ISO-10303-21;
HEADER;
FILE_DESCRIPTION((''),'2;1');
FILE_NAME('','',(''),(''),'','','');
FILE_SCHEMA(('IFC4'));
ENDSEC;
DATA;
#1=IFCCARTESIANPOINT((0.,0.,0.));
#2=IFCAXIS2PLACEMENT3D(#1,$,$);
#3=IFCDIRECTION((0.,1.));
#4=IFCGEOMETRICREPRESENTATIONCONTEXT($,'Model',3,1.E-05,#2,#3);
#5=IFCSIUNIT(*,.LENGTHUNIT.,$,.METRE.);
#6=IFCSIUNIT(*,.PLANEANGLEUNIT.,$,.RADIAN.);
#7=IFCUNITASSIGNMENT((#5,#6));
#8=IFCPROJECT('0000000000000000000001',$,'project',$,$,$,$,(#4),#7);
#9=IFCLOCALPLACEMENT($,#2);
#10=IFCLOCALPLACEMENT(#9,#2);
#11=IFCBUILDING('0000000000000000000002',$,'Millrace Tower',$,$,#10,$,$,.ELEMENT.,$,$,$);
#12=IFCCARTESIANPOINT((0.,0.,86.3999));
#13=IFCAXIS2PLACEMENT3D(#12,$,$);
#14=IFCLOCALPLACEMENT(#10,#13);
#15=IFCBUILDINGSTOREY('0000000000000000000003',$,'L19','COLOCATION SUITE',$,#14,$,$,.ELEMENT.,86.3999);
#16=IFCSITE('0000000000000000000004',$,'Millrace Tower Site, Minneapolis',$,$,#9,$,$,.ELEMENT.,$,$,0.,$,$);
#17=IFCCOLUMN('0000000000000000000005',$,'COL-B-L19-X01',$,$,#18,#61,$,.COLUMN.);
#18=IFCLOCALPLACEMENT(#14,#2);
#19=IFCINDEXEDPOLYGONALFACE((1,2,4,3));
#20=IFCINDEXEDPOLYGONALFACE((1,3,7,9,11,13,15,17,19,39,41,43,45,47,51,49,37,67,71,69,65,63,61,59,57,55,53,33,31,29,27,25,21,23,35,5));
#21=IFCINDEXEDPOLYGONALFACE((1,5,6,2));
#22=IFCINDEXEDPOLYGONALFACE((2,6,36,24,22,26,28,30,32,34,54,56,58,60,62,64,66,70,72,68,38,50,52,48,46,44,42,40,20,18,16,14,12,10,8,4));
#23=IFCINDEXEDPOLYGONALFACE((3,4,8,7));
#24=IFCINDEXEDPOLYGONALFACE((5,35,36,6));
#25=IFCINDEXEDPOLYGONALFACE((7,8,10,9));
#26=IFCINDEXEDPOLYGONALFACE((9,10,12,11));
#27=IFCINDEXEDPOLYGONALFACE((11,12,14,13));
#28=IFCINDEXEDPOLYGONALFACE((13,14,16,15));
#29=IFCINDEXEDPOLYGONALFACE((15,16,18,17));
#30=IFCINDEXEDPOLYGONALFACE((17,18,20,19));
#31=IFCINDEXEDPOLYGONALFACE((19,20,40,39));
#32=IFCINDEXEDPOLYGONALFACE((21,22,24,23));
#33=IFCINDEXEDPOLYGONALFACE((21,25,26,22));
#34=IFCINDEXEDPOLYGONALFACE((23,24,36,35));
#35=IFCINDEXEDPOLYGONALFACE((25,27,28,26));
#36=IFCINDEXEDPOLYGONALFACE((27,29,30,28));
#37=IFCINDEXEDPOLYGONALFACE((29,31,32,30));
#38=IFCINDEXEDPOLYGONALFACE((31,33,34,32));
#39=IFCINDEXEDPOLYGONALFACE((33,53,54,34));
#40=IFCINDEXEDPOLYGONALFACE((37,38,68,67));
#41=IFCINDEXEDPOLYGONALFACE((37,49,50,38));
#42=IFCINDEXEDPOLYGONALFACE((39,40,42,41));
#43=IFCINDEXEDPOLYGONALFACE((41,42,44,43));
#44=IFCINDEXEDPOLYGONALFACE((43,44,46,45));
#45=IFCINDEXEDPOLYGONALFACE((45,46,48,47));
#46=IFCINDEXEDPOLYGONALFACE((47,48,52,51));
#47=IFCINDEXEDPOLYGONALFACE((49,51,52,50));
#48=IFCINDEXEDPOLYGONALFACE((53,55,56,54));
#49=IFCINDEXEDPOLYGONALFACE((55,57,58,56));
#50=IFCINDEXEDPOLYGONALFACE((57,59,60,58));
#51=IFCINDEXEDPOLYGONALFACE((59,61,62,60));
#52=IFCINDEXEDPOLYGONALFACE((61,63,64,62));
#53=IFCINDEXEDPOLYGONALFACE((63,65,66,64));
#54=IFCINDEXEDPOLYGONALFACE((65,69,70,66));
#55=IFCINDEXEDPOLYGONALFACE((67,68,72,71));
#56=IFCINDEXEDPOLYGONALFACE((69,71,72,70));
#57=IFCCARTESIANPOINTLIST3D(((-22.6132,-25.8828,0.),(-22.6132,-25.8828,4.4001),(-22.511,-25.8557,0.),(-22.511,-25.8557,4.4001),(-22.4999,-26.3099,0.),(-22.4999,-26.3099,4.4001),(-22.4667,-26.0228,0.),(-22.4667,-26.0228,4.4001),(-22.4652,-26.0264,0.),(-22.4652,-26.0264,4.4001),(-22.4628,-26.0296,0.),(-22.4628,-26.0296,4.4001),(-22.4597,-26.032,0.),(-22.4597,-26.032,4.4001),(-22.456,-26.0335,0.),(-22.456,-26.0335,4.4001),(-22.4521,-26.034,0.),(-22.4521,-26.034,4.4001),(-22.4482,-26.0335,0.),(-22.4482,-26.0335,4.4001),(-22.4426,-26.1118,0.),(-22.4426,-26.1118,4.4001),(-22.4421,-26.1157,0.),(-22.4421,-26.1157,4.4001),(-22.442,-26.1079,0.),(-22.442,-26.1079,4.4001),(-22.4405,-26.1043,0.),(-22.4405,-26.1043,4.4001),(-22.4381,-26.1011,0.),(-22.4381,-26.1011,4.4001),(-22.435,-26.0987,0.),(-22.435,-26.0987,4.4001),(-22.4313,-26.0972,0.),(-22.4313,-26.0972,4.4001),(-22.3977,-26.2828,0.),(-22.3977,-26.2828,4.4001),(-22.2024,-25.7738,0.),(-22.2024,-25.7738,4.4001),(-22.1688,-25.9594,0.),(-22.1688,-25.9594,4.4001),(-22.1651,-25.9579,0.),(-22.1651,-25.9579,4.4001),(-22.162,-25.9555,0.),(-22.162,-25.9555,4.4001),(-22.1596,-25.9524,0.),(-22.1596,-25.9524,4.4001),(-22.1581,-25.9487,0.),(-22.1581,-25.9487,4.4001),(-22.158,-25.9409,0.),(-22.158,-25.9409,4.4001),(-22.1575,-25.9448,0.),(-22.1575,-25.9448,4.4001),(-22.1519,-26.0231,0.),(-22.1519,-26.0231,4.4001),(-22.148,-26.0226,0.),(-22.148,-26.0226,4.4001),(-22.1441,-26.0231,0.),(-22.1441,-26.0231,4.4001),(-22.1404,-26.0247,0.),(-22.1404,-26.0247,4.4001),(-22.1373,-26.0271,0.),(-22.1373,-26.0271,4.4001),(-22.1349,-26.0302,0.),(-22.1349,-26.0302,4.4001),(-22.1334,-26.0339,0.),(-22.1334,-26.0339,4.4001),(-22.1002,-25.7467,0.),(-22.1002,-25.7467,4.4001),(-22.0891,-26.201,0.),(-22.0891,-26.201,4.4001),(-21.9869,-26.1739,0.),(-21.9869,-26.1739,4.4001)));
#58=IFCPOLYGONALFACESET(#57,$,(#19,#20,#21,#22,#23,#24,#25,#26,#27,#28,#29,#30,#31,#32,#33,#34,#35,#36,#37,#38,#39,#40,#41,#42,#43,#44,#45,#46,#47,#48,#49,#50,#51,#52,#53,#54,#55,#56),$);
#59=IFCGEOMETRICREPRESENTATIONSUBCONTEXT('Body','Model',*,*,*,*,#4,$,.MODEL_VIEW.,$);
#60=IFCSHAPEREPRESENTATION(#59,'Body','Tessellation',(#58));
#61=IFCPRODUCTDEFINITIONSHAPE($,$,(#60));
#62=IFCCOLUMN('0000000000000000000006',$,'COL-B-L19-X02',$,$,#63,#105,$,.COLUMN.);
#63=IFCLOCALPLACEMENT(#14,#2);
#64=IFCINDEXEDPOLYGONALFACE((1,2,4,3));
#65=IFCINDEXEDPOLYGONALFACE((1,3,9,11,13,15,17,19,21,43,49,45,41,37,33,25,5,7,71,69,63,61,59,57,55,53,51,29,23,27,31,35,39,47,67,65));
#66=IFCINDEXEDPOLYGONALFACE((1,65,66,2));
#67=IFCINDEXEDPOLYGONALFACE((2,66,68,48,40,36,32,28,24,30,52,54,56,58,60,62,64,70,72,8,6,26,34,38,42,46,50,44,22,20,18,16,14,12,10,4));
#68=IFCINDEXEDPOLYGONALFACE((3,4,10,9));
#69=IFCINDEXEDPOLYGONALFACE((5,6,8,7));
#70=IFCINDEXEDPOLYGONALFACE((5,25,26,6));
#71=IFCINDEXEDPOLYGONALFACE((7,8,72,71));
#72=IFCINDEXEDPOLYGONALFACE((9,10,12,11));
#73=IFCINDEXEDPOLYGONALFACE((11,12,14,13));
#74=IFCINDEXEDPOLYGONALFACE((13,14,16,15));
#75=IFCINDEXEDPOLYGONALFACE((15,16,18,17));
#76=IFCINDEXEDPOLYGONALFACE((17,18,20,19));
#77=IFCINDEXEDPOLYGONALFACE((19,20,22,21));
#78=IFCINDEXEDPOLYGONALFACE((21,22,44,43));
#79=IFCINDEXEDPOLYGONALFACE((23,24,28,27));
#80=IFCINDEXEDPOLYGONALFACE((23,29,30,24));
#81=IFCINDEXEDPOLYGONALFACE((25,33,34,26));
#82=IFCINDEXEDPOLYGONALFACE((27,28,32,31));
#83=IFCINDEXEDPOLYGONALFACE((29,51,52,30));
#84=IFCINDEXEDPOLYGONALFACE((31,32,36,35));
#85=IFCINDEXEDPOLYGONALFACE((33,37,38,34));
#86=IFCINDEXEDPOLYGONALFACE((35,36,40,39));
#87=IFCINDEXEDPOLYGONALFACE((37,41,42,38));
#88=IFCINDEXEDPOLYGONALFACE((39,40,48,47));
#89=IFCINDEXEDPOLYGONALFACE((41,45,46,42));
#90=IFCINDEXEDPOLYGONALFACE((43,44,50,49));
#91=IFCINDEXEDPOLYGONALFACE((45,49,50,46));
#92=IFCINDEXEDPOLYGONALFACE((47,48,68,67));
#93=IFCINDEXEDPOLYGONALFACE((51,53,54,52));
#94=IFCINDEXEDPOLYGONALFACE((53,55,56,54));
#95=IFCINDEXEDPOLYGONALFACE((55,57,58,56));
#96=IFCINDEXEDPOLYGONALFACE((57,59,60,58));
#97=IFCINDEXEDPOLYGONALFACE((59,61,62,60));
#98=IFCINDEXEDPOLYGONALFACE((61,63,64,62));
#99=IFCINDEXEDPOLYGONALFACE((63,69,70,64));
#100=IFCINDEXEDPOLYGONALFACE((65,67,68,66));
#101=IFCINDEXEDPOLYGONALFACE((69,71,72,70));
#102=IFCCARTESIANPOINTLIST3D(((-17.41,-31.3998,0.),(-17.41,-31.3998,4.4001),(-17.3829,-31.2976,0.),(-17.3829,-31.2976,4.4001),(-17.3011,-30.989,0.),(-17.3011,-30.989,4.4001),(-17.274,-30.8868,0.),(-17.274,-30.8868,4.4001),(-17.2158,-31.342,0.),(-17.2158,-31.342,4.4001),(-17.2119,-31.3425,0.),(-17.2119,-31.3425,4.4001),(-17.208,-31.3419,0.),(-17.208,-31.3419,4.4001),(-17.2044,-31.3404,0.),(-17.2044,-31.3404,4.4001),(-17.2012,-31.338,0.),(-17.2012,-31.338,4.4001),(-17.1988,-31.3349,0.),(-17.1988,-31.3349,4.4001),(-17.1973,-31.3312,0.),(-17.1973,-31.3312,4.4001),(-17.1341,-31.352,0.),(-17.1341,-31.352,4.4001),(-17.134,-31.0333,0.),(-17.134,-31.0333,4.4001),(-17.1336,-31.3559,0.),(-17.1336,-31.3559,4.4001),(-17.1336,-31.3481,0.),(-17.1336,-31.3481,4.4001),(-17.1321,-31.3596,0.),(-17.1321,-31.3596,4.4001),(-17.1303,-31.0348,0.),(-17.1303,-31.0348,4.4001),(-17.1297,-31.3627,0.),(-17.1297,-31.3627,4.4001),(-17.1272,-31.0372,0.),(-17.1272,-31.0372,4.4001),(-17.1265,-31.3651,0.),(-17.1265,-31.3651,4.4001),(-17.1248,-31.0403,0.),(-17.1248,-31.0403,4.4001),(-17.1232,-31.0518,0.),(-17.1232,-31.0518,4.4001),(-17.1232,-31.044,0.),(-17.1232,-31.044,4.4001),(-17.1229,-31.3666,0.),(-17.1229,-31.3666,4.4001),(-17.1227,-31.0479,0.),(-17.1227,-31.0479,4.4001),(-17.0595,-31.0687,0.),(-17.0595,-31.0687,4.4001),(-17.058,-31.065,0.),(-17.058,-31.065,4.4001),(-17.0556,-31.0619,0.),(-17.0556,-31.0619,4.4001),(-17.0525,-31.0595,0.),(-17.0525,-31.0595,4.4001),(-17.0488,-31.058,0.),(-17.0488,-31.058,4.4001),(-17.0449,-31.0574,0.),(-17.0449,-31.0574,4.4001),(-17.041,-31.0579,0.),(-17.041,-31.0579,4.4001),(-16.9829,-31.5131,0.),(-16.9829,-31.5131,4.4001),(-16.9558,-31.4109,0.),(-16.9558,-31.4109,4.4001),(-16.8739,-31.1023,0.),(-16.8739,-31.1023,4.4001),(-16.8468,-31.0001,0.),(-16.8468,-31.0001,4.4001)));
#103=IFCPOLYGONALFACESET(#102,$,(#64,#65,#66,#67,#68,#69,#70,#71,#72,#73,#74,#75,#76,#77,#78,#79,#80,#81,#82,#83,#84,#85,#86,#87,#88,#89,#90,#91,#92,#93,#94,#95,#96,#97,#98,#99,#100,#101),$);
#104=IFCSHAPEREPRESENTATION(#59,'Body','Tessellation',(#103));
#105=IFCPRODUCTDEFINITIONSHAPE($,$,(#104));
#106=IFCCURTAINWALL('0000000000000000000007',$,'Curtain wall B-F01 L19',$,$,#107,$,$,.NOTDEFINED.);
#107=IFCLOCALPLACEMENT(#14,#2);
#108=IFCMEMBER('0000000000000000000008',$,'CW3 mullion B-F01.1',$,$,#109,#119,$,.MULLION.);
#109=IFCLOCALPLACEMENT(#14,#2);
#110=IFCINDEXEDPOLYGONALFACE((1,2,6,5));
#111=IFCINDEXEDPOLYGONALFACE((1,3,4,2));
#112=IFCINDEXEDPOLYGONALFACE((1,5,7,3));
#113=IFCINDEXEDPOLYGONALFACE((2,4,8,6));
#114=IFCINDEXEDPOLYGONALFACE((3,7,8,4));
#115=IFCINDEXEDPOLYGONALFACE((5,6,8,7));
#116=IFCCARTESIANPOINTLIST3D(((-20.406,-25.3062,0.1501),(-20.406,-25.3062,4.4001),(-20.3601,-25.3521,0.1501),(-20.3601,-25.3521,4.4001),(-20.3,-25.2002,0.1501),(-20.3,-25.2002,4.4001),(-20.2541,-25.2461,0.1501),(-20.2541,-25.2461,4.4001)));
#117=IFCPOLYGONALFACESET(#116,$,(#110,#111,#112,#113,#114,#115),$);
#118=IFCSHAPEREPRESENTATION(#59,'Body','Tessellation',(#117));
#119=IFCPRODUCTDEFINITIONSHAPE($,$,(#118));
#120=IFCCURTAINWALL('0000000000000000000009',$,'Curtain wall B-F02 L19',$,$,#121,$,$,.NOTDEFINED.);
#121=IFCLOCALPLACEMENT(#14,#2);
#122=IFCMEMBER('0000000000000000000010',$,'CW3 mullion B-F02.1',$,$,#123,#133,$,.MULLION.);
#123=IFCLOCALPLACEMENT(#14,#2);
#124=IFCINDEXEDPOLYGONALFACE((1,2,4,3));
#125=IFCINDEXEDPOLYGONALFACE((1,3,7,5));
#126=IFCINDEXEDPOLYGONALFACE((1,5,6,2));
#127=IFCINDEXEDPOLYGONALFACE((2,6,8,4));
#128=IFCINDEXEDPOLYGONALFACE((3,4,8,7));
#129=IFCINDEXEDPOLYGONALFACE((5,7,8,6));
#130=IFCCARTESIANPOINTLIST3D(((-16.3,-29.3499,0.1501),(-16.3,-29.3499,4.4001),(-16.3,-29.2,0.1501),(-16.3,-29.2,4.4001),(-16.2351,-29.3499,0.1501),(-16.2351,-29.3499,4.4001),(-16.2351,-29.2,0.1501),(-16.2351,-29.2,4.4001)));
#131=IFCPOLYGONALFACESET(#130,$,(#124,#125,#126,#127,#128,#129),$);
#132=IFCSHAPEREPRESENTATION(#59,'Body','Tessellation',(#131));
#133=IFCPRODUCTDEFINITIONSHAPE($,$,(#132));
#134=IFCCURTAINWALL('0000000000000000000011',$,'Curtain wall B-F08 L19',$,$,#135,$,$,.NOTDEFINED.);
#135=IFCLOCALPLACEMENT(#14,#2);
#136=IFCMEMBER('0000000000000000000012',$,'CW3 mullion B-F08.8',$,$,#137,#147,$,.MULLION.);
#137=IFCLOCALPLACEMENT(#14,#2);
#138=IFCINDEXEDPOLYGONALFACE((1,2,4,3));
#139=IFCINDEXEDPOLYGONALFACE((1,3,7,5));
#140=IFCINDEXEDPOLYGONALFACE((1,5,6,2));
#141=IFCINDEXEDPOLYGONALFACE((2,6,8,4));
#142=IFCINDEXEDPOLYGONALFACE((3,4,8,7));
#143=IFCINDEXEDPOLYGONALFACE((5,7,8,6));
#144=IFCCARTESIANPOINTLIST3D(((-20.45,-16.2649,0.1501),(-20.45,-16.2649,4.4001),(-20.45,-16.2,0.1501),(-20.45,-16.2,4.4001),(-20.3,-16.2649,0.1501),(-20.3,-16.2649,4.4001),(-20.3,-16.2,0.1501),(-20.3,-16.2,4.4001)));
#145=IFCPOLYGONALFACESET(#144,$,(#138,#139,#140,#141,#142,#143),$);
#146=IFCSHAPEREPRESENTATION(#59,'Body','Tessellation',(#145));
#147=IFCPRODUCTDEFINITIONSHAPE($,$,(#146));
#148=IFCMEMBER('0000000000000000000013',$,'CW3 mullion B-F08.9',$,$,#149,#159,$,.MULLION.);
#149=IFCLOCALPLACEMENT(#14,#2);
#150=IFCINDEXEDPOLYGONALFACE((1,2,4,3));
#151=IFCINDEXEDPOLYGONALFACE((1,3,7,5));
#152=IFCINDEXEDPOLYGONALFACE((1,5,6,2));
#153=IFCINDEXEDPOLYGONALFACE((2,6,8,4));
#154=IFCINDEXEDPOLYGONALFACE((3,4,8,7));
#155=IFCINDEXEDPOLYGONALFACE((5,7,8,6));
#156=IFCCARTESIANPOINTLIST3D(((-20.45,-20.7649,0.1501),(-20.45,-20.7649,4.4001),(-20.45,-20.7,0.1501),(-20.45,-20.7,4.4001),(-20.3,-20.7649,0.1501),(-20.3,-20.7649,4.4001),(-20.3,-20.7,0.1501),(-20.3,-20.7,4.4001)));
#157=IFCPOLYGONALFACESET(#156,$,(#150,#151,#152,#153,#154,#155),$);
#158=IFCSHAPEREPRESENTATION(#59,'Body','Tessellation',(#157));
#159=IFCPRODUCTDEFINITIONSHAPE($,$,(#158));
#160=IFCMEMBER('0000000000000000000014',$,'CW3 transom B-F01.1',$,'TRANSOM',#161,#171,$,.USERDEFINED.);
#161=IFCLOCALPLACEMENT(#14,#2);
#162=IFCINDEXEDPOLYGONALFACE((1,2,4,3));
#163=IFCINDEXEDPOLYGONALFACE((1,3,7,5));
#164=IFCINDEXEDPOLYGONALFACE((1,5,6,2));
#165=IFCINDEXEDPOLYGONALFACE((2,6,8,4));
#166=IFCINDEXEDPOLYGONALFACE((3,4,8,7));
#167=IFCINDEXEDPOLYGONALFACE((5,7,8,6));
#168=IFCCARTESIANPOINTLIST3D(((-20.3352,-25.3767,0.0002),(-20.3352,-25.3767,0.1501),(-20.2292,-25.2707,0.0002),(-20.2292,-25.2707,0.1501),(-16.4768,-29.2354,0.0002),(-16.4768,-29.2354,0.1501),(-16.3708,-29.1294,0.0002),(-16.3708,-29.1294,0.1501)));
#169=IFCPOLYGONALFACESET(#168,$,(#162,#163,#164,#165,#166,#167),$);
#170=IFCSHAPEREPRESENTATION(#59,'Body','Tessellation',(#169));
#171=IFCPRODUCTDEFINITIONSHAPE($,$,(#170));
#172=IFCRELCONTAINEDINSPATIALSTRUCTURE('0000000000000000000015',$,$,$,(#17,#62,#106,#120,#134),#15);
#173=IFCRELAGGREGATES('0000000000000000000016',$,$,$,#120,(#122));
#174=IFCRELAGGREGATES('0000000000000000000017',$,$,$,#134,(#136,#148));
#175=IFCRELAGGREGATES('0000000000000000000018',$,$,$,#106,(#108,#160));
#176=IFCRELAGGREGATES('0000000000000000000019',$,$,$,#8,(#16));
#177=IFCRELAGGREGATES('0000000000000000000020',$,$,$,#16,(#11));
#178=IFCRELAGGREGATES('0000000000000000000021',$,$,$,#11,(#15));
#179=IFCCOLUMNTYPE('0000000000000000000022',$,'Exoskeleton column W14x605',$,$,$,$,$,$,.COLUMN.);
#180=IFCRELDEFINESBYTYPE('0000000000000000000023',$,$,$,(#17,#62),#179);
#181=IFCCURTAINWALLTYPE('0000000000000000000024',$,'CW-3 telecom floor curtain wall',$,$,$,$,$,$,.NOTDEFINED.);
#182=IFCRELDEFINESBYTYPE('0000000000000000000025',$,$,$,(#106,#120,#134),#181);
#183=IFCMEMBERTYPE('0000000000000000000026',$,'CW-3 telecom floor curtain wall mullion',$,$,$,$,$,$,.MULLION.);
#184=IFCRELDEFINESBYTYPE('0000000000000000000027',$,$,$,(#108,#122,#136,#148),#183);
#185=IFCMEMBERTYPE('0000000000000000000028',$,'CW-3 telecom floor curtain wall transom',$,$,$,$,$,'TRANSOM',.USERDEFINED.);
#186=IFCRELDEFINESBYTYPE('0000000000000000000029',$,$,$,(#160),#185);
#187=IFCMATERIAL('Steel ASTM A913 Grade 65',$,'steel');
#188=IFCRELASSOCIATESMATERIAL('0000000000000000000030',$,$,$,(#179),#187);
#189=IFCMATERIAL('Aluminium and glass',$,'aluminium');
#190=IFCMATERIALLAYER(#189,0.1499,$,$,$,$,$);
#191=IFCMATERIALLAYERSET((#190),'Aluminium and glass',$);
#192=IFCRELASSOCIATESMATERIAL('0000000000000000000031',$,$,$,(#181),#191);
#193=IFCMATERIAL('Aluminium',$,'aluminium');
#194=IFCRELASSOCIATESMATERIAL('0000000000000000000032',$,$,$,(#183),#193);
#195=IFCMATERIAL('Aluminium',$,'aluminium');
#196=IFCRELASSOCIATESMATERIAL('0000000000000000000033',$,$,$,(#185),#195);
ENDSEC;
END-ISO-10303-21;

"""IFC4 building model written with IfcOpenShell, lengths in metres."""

from ifc_helpers import new_model, si_unit, direction, frame, origin, origin_2d, place, context, subcontext, project, spatial, rectangle, i_section, extrude, material, layer, layer_set, material_profile, profile_set, type_object, element, aggregate, save


model = new_model("IFC4")

# Units and contexts
model_context = context("Model", 3, precision=1e-05, world=origin(), true_north=direction((0.0, 1.0)))
body_context = subcontext(model_context, "Body", "Model", "MODEL_VIEW")
ifc_project = project(units=[si_unit("LENGTHUNIT", "METRE"), si_unit("PLANEANGLEUNIT", "RADIAN")], contexts=[model_context])

# Site, building, storey
site_placement = place(None, origin())
site = spatial("IfcSite", under=ifc_project, at=site_placement, Name="Millrace Tower Site, Minneapolis", CompositionType="ELEMENT", RefElevation=0.0)
building_placement = place(site_placement, origin())
building = spatial("IfcBuilding", under=site, at=building_placement, Name="Millrace Tower", CompositionType="ELEMENT")
storey_placement = place(building_placement, frame((0.0, 0.0, 86.3999)))
storey = spatial("IfcBuildingStorey", under=building, at=storey_placement, Name="L19", Description="COLOCATION SUITE", CompositionType="ELEMENT", Elevation=86.3999)

# Columns
ifc_material_1 = material(Name="Steel ASTM A913 Grade 65", Category="steel")
ifc_material_profile_1 = material_profile(ifc_material_1, i_section(OverallWidth=0.4419, OverallDepth=0.5308, WebThickness=0.0659, FlangeThickness=0.1057, FilletRadius=0.0151, at=origin_2d()))
ifc_profile_set_1 = profile_set([ifc_material_profile_1], Name="Steel ASTM A913 Grade 65")
column_type = type_object("IfcColumnType", Name="Exoskeleton column W14x605", PredefinedType="COLUMN", material=ifc_profile_set_1)
for number, where, z_axis, x_axis, name in (
    (1, (-22.3, -26.0283, 0.0), (0.0, 0.0, 1.0), (0.256347, -0.966585, 0.0), "COL-B-L19-X01"),
    (2, (-17.1284, -31.2, 0.0), (0.0, 0.0, 1.0), (0.966585, -0.256347, 0.0), "COL-B-L19-X02"),
):
    element("IfcColumn", number, at=place(storey_placement, frame(where, z_axis=z_axis, x_axis=x_axis)), inside=storey, type_object=column_type, Name=name, PredefinedType="COLUMN", context=body_context, shape_type="SweptSolid", body=[
        extrude(i_section(OverallWidth=0.4419, OverallDepth=0.5308, WebThickness=0.0659, FlangeThickness=0.1057, FilletRadius=0.0151, at=origin_2d()), origin(), (0.0, 0.0, 1.0), 4.4001),
    ])

# Curtain walls, members
ifc_material_2 = material(Name="Aluminium and glass", Category="aluminium")
ifc_layer_1 = layer(ifc_material_2, 0.1499)
ifc_layer_set_1 = layer_set([ifc_layer_1], Name="Aluminium and glass")
curtain_wall_type = type_object("IfcCurtainWallType", Name="CW-3 telecom floor curtain wall", PredefinedType="NOTDEFINED", material=ifc_layer_set_1)
placement = place(storey_placement, origin())
curtain_wall_1 = element("IfcCurtainWall", 3, at=placement, inside=storey, type_object=curtain_wall_type, Name="Curtain wall B-F01 L19", PredefinedType="NOTDEFINED")
ifc_material_3 = material(Name="Aluminium", Category="aluminium")
ifc_material_profile_2 = material_profile(ifc_material_3, rectangle(XDim=0.0649, YDim=0.1499, at=origin_2d()))
ifc_profile_set_2 = profile_set([ifc_material_profile_2], Name="Aluminium")
member_type_1 = type_object("IfcMemberType", Name="CW-3 telecom floor curtain wall mullion", PredefinedType="MULLION", material=ifc_profile_set_2)
member_1_placement = place(storey_placement, frame((-20.3301, -25.2761, 0.1501), z_axis=(0.0, 0.0, 1.0), x_axis=(0.707107, -0.707107, 0.0)))
member_1 = element("IfcMember", 4, at=member_1_placement, type_object=member_type_1, Name="CW3 mullion B-F01.1", PredefinedType="MULLION", context=body_context, shape_type="SweptSolid", body=[
    extrude(rectangle(XDim=0.0649, YDim=0.1499, at=origin_2d()), origin(), (0.0, 0.0, 1.0), 4.25),
])
curtain_wall_2 = element("IfcCurtainWall", 5, at=placement, inside=storey, type_object=curtain_wall_type, Name="Curtain wall B-F02 L19", PredefinedType="NOTDEFINED")
member_2_placement = place(storey_placement, frame((-16.2676, -29.2749, 0.1501), z_axis=(0.0, 0.0, 1.0), x_axis=(1.0, 0.0, 0.0)))
member_2 = element("IfcMember", 6, at=member_2_placement, type_object=member_type_1, Name="CW3 mullion B-F02.1", PredefinedType="MULLION", context=body_context, shape_type="SweptSolid", body=[
    extrude(rectangle(XDim=0.0649, YDim=0.1499, at=origin_2d()), origin(), (0.0, 0.0, 1.0), 4.25),
])
aggregate(curtain_wall_2, [member_2])

# Curtain wall, members
curtain_wall_3 = element("IfcCurtainWall", 7, at=placement, inside=storey, type_object=curtain_wall_type, Name="Curtain wall B-F08 L19", PredefinedType="NOTDEFINED")
member_3_placement = place(storey_placement, frame((-20.375, -16.2324, 0.1501), z_axis=(0.0, 0.0, 1.0), x_axis=(0.0, -1.0, 0.0)))
member_3 = element("IfcMember", 8, at=member_3_placement, type_object=member_type_1, Name="CW3 mullion B-F08.8", PredefinedType="MULLION", context=body_context, shape_type="SweptSolid", body=[
    extrude(rectangle(XDim=0.0649, YDim=0.1499, at=origin_2d()), origin(), (0.0, 0.0, 1.0), 4.25),
])
member_4_placement = place(storey_placement, frame((-20.375, -20.7324, 0.1501), z_axis=(0.0, 0.0, 1.0), x_axis=(0.0, -1.0, 0.0)))
member_4 = element("IfcMember", 9, at=member_4_placement, type_object=member_type_1, Name="CW3 mullion B-F08.9", PredefinedType="MULLION", context=body_context, shape_type="SweptSolid", body=[
    extrude(rectangle(XDim=0.0649, YDim=0.1499, at=origin_2d()), origin(), (0.0, 0.0, 1.0), 4.25),
])
aggregate(curtain_wall_3, [member_3, member_4])

# Member
ifc_material_4 = material(Name="Aluminium", Category="aluminium")
ifc_material_profile_3 = material_profile(ifc_material_4, rectangle(XDim=0.1499, YDim=0.1499, at=origin_2d()))
ifc_profile_set_3 = profile_set([ifc_material_profile_3], Name="Aluminium")
member_type_2 = type_object("IfcMemberType", Name="CW-3 telecom floor curtain wall transom", ElementType="TRANSOM", PredefinedType="USERDEFINED", material=ifc_profile_set_3)
member_5_placement = place(storey_placement, frame((-20.2822, -25.3237, 0.0752), z_axis=(0.707084, -0.707129, 0.0), x_axis=(0.707129, 0.707084, 0.0)))
member_5 = element("IfcMember", 10, at=member_5_placement, type_object=member_type_2, Name="CW3 transom B-F01.1", ObjectType="TRANSOM", PredefinedType="USERDEFINED", context=body_context, shape_type="SweptSolid", body=[
    extrude(rectangle(XDim=0.1499, YDim=0.1499, at=origin_2d()), origin(), (0.0, 0.0, 1.0), 5.4568),
])
aggregate(curtain_wall_1, [member_1, member_5])

save(model, "model.ifc")
